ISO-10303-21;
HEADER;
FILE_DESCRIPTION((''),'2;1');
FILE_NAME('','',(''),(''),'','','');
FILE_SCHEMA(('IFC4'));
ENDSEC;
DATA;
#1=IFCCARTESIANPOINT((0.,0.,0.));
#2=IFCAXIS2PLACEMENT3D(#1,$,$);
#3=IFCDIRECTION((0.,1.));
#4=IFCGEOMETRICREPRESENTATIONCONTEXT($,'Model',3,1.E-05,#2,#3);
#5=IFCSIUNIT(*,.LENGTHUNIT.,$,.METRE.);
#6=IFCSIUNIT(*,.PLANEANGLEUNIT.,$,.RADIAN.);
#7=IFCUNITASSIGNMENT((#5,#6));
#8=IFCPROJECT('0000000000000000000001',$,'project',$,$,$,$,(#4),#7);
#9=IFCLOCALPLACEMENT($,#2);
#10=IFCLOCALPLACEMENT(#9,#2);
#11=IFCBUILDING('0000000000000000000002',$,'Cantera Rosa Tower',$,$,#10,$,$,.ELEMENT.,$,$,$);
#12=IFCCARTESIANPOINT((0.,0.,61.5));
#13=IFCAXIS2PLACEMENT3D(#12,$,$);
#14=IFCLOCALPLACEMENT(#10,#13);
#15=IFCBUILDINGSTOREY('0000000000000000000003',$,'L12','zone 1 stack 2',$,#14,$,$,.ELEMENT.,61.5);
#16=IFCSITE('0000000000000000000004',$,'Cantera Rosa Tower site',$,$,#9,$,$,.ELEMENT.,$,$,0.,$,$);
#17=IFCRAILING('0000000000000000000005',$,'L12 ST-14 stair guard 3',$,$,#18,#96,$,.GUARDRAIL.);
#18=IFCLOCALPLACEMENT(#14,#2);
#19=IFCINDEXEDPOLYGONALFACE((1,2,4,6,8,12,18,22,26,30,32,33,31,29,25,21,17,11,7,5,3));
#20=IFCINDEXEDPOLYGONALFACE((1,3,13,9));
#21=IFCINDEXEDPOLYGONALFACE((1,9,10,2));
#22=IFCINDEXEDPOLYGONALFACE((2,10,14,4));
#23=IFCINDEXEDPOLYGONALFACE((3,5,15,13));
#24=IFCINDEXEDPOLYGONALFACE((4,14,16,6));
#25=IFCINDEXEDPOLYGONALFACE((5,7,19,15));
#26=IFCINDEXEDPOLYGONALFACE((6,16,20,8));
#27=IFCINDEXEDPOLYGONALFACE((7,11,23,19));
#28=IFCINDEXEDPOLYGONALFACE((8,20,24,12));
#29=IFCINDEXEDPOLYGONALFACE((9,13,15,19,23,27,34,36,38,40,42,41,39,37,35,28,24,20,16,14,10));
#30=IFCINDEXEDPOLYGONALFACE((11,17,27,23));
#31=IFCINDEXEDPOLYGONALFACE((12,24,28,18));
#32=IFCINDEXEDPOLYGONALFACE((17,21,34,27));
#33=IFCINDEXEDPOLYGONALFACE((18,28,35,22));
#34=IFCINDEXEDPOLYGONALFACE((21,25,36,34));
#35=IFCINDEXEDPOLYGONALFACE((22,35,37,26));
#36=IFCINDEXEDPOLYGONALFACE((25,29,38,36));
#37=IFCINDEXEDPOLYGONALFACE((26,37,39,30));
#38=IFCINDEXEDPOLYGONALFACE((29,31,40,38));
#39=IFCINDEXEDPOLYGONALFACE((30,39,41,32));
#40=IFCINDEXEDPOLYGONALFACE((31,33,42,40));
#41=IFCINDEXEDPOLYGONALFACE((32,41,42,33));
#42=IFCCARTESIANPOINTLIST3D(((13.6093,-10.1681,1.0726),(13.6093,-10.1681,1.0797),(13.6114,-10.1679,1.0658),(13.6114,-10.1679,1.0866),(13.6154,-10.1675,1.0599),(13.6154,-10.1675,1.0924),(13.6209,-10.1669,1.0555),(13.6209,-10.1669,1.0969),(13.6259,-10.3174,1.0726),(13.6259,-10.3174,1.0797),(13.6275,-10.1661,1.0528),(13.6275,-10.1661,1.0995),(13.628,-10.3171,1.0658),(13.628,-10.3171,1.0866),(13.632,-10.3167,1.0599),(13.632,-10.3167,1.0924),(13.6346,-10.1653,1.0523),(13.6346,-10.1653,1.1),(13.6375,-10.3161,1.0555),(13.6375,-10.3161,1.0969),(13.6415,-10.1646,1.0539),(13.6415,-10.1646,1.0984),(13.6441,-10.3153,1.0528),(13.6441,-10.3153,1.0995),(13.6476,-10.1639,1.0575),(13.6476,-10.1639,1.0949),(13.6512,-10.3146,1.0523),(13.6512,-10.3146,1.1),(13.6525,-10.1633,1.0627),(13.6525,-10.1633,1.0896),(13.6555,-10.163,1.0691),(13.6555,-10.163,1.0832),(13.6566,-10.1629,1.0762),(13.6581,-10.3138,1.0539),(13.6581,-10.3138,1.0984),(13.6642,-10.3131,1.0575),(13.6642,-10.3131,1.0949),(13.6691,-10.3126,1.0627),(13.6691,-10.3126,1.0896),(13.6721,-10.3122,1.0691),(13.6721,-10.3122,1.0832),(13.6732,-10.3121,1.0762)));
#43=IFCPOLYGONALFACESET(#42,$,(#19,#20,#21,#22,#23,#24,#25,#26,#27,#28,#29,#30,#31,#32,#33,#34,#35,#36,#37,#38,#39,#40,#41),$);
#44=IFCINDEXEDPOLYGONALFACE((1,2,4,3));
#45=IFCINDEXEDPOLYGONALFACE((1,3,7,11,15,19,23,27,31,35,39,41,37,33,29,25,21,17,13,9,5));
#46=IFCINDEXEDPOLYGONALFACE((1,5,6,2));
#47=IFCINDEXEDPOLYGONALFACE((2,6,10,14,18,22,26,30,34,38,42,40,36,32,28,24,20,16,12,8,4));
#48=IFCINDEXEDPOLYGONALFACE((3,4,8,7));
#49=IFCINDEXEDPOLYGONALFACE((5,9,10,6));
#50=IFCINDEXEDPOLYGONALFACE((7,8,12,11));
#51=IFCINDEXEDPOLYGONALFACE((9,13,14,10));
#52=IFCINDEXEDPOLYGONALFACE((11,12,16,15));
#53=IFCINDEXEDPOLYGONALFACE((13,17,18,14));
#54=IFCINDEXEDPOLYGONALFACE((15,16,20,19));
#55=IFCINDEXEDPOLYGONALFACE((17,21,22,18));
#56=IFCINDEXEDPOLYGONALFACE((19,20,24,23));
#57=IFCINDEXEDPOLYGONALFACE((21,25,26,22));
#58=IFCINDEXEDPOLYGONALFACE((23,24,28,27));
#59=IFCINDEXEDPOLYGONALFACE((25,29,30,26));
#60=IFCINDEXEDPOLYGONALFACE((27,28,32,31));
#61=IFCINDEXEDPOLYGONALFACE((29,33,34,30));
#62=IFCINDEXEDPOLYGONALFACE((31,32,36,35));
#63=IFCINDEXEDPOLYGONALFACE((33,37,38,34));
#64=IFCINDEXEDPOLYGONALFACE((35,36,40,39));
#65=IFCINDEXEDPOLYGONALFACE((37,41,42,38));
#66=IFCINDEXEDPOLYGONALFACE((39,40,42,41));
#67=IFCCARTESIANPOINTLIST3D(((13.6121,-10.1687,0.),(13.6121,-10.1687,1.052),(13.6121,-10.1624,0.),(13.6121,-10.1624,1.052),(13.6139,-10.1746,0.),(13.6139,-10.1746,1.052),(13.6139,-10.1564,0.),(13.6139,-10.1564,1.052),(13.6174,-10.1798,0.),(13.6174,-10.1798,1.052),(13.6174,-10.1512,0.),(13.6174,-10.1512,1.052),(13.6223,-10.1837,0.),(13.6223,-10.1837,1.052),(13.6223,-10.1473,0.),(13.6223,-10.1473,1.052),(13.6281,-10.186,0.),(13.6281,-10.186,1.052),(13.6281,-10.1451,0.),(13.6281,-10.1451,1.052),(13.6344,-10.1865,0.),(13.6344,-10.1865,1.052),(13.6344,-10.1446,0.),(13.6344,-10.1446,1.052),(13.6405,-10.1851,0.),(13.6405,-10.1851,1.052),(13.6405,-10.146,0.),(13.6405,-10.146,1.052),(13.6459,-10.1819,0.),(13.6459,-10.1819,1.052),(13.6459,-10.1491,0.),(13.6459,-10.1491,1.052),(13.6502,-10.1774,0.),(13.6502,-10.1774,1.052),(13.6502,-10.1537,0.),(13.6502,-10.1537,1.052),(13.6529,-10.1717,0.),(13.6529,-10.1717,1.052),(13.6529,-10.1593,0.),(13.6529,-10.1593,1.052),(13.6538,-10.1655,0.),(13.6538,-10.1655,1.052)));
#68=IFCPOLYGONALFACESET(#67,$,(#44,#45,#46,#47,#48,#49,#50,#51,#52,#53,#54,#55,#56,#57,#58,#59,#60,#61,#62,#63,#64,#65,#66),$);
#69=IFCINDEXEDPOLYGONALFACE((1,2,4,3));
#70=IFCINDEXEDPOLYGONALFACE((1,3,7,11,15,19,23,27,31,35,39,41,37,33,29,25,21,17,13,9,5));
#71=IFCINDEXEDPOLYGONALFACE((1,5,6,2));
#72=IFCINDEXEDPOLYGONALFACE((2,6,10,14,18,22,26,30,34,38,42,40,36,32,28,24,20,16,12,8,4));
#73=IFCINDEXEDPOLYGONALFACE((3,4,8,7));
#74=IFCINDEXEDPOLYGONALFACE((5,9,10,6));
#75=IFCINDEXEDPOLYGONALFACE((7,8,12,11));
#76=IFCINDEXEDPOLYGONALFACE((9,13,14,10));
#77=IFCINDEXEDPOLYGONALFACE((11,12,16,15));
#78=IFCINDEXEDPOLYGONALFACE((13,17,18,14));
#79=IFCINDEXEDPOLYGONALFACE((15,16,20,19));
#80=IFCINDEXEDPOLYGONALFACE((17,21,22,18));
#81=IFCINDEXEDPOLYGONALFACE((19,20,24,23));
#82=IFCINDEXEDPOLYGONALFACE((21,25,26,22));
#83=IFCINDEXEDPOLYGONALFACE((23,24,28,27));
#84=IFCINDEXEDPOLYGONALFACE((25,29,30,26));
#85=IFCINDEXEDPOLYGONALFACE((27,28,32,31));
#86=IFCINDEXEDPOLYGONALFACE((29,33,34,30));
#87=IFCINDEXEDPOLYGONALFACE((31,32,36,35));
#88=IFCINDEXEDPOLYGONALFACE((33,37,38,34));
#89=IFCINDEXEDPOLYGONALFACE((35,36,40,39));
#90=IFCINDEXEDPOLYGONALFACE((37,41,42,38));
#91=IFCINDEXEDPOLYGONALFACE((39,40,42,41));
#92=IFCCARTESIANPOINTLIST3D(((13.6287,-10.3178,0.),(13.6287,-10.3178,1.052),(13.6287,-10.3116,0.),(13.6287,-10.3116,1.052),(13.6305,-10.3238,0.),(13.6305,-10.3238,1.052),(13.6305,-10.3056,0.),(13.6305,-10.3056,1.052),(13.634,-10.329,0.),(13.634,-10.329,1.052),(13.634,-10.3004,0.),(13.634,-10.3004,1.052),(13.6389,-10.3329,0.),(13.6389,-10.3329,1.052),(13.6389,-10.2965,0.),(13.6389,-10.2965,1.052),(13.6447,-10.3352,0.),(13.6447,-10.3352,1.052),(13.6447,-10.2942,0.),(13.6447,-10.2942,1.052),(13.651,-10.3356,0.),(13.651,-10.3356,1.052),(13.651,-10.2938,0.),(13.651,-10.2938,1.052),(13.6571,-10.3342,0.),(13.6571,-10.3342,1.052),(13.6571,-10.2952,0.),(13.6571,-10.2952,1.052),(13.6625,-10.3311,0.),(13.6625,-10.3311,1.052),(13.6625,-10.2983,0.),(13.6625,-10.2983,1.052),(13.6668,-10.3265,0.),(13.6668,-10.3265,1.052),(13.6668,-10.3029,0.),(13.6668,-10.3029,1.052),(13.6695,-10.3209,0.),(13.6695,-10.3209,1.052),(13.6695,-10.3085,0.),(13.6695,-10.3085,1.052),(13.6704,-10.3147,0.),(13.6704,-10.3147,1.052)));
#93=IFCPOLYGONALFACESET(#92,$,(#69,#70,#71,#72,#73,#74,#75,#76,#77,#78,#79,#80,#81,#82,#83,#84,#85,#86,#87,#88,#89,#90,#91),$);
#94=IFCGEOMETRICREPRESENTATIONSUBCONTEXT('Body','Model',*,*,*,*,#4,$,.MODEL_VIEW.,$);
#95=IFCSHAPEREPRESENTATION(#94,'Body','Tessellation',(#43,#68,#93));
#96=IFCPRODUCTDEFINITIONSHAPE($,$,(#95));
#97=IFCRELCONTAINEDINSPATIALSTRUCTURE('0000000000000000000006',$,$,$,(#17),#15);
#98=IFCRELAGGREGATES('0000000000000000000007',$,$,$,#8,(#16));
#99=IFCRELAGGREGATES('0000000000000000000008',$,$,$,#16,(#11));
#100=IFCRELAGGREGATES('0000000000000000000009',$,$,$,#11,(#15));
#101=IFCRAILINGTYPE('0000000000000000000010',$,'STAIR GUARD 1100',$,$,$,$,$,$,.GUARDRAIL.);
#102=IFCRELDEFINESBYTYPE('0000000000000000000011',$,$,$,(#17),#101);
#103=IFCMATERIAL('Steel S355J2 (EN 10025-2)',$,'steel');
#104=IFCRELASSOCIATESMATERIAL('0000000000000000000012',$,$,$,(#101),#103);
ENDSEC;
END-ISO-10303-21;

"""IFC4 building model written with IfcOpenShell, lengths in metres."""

from ifc_helpers import new_model, si_unit, direction, frame, origin, origin_2d, place, context, subcontext, project, spatial, circle, extrude, material, type_object, element, save


model = new_model("IFC4")

# Units and contexts
model_context = context("Model", 3, precision=1e-05, world=origin(), true_north=direction((0.0, 1.0)))
body_context = subcontext(model_context, "Body", "Model", "MODEL_VIEW")
ifc_project = project(units=[si_unit("LENGTHUNIT", "METRE"), si_unit("PLANEANGLEUNIT", "RADIAN")], contexts=[model_context])

# Site, building, storey
site_placement = place(None, origin())
site = spatial("IfcSite", under=ifc_project, at=site_placement, Name="Cantera Rosa Tower site", CompositionType="ELEMENT", RefElevation=0.0)
building_placement = place(site_placement, origin())
building = spatial("IfcBuilding", under=site, at=building_placement, Name="Cantera Rosa Tower", CompositionType="ELEMENT")
storey_placement = place(building_placement, frame((0.0, 0.0, 61.5)))
storey = spatial("IfcBuildingStorey", under=building, at=storey_placement, Name="L12", Description="zone 1 stack 2", CompositionType="ELEMENT", Elevation=61.5)

# Railing
ifc_material_1 = material(Name="Steel S355J2 (EN 10025-2)", Category="steel")
railing_type = type_object("IfcRailingType", Name="STAIR GUARD 1100", PredefinedType="GUARDRAIL", material=ifc_material_1)
railing_1_placement = place(storey_placement, frame((13.6328, -10.1655, 0.0)))
element("IfcRailing", 1, at=railing_1_placement, inside=storey, type_object=railing_type, Name="L12 ST-14 stair guard 3", PredefinedType="GUARDRAIL", context=body_context, shape_type="SweptSolid", body=[
    extrude(circle(Radius=0.0239, at=origin_2d()), frame((0.0, 0.0, 1.0762), z_axis=(0.11061, -0.993864, 0.0), x_axis=(0.993864, 0.11061, 0.0)), (0.0, 0.0, 1.0), 0.1501),
    extrude(circle(Radius=0.021, at=origin_2d()), origin(), (0.0, 0.0, 1.0), 1.052),
    extrude(circle(Radius=0.021, at=origin_2d()), frame((0.0166, -0.1492, 0.0)), (0.0, 0.0, 1.0), 1.052),
])

save(model, "model.ifc")
